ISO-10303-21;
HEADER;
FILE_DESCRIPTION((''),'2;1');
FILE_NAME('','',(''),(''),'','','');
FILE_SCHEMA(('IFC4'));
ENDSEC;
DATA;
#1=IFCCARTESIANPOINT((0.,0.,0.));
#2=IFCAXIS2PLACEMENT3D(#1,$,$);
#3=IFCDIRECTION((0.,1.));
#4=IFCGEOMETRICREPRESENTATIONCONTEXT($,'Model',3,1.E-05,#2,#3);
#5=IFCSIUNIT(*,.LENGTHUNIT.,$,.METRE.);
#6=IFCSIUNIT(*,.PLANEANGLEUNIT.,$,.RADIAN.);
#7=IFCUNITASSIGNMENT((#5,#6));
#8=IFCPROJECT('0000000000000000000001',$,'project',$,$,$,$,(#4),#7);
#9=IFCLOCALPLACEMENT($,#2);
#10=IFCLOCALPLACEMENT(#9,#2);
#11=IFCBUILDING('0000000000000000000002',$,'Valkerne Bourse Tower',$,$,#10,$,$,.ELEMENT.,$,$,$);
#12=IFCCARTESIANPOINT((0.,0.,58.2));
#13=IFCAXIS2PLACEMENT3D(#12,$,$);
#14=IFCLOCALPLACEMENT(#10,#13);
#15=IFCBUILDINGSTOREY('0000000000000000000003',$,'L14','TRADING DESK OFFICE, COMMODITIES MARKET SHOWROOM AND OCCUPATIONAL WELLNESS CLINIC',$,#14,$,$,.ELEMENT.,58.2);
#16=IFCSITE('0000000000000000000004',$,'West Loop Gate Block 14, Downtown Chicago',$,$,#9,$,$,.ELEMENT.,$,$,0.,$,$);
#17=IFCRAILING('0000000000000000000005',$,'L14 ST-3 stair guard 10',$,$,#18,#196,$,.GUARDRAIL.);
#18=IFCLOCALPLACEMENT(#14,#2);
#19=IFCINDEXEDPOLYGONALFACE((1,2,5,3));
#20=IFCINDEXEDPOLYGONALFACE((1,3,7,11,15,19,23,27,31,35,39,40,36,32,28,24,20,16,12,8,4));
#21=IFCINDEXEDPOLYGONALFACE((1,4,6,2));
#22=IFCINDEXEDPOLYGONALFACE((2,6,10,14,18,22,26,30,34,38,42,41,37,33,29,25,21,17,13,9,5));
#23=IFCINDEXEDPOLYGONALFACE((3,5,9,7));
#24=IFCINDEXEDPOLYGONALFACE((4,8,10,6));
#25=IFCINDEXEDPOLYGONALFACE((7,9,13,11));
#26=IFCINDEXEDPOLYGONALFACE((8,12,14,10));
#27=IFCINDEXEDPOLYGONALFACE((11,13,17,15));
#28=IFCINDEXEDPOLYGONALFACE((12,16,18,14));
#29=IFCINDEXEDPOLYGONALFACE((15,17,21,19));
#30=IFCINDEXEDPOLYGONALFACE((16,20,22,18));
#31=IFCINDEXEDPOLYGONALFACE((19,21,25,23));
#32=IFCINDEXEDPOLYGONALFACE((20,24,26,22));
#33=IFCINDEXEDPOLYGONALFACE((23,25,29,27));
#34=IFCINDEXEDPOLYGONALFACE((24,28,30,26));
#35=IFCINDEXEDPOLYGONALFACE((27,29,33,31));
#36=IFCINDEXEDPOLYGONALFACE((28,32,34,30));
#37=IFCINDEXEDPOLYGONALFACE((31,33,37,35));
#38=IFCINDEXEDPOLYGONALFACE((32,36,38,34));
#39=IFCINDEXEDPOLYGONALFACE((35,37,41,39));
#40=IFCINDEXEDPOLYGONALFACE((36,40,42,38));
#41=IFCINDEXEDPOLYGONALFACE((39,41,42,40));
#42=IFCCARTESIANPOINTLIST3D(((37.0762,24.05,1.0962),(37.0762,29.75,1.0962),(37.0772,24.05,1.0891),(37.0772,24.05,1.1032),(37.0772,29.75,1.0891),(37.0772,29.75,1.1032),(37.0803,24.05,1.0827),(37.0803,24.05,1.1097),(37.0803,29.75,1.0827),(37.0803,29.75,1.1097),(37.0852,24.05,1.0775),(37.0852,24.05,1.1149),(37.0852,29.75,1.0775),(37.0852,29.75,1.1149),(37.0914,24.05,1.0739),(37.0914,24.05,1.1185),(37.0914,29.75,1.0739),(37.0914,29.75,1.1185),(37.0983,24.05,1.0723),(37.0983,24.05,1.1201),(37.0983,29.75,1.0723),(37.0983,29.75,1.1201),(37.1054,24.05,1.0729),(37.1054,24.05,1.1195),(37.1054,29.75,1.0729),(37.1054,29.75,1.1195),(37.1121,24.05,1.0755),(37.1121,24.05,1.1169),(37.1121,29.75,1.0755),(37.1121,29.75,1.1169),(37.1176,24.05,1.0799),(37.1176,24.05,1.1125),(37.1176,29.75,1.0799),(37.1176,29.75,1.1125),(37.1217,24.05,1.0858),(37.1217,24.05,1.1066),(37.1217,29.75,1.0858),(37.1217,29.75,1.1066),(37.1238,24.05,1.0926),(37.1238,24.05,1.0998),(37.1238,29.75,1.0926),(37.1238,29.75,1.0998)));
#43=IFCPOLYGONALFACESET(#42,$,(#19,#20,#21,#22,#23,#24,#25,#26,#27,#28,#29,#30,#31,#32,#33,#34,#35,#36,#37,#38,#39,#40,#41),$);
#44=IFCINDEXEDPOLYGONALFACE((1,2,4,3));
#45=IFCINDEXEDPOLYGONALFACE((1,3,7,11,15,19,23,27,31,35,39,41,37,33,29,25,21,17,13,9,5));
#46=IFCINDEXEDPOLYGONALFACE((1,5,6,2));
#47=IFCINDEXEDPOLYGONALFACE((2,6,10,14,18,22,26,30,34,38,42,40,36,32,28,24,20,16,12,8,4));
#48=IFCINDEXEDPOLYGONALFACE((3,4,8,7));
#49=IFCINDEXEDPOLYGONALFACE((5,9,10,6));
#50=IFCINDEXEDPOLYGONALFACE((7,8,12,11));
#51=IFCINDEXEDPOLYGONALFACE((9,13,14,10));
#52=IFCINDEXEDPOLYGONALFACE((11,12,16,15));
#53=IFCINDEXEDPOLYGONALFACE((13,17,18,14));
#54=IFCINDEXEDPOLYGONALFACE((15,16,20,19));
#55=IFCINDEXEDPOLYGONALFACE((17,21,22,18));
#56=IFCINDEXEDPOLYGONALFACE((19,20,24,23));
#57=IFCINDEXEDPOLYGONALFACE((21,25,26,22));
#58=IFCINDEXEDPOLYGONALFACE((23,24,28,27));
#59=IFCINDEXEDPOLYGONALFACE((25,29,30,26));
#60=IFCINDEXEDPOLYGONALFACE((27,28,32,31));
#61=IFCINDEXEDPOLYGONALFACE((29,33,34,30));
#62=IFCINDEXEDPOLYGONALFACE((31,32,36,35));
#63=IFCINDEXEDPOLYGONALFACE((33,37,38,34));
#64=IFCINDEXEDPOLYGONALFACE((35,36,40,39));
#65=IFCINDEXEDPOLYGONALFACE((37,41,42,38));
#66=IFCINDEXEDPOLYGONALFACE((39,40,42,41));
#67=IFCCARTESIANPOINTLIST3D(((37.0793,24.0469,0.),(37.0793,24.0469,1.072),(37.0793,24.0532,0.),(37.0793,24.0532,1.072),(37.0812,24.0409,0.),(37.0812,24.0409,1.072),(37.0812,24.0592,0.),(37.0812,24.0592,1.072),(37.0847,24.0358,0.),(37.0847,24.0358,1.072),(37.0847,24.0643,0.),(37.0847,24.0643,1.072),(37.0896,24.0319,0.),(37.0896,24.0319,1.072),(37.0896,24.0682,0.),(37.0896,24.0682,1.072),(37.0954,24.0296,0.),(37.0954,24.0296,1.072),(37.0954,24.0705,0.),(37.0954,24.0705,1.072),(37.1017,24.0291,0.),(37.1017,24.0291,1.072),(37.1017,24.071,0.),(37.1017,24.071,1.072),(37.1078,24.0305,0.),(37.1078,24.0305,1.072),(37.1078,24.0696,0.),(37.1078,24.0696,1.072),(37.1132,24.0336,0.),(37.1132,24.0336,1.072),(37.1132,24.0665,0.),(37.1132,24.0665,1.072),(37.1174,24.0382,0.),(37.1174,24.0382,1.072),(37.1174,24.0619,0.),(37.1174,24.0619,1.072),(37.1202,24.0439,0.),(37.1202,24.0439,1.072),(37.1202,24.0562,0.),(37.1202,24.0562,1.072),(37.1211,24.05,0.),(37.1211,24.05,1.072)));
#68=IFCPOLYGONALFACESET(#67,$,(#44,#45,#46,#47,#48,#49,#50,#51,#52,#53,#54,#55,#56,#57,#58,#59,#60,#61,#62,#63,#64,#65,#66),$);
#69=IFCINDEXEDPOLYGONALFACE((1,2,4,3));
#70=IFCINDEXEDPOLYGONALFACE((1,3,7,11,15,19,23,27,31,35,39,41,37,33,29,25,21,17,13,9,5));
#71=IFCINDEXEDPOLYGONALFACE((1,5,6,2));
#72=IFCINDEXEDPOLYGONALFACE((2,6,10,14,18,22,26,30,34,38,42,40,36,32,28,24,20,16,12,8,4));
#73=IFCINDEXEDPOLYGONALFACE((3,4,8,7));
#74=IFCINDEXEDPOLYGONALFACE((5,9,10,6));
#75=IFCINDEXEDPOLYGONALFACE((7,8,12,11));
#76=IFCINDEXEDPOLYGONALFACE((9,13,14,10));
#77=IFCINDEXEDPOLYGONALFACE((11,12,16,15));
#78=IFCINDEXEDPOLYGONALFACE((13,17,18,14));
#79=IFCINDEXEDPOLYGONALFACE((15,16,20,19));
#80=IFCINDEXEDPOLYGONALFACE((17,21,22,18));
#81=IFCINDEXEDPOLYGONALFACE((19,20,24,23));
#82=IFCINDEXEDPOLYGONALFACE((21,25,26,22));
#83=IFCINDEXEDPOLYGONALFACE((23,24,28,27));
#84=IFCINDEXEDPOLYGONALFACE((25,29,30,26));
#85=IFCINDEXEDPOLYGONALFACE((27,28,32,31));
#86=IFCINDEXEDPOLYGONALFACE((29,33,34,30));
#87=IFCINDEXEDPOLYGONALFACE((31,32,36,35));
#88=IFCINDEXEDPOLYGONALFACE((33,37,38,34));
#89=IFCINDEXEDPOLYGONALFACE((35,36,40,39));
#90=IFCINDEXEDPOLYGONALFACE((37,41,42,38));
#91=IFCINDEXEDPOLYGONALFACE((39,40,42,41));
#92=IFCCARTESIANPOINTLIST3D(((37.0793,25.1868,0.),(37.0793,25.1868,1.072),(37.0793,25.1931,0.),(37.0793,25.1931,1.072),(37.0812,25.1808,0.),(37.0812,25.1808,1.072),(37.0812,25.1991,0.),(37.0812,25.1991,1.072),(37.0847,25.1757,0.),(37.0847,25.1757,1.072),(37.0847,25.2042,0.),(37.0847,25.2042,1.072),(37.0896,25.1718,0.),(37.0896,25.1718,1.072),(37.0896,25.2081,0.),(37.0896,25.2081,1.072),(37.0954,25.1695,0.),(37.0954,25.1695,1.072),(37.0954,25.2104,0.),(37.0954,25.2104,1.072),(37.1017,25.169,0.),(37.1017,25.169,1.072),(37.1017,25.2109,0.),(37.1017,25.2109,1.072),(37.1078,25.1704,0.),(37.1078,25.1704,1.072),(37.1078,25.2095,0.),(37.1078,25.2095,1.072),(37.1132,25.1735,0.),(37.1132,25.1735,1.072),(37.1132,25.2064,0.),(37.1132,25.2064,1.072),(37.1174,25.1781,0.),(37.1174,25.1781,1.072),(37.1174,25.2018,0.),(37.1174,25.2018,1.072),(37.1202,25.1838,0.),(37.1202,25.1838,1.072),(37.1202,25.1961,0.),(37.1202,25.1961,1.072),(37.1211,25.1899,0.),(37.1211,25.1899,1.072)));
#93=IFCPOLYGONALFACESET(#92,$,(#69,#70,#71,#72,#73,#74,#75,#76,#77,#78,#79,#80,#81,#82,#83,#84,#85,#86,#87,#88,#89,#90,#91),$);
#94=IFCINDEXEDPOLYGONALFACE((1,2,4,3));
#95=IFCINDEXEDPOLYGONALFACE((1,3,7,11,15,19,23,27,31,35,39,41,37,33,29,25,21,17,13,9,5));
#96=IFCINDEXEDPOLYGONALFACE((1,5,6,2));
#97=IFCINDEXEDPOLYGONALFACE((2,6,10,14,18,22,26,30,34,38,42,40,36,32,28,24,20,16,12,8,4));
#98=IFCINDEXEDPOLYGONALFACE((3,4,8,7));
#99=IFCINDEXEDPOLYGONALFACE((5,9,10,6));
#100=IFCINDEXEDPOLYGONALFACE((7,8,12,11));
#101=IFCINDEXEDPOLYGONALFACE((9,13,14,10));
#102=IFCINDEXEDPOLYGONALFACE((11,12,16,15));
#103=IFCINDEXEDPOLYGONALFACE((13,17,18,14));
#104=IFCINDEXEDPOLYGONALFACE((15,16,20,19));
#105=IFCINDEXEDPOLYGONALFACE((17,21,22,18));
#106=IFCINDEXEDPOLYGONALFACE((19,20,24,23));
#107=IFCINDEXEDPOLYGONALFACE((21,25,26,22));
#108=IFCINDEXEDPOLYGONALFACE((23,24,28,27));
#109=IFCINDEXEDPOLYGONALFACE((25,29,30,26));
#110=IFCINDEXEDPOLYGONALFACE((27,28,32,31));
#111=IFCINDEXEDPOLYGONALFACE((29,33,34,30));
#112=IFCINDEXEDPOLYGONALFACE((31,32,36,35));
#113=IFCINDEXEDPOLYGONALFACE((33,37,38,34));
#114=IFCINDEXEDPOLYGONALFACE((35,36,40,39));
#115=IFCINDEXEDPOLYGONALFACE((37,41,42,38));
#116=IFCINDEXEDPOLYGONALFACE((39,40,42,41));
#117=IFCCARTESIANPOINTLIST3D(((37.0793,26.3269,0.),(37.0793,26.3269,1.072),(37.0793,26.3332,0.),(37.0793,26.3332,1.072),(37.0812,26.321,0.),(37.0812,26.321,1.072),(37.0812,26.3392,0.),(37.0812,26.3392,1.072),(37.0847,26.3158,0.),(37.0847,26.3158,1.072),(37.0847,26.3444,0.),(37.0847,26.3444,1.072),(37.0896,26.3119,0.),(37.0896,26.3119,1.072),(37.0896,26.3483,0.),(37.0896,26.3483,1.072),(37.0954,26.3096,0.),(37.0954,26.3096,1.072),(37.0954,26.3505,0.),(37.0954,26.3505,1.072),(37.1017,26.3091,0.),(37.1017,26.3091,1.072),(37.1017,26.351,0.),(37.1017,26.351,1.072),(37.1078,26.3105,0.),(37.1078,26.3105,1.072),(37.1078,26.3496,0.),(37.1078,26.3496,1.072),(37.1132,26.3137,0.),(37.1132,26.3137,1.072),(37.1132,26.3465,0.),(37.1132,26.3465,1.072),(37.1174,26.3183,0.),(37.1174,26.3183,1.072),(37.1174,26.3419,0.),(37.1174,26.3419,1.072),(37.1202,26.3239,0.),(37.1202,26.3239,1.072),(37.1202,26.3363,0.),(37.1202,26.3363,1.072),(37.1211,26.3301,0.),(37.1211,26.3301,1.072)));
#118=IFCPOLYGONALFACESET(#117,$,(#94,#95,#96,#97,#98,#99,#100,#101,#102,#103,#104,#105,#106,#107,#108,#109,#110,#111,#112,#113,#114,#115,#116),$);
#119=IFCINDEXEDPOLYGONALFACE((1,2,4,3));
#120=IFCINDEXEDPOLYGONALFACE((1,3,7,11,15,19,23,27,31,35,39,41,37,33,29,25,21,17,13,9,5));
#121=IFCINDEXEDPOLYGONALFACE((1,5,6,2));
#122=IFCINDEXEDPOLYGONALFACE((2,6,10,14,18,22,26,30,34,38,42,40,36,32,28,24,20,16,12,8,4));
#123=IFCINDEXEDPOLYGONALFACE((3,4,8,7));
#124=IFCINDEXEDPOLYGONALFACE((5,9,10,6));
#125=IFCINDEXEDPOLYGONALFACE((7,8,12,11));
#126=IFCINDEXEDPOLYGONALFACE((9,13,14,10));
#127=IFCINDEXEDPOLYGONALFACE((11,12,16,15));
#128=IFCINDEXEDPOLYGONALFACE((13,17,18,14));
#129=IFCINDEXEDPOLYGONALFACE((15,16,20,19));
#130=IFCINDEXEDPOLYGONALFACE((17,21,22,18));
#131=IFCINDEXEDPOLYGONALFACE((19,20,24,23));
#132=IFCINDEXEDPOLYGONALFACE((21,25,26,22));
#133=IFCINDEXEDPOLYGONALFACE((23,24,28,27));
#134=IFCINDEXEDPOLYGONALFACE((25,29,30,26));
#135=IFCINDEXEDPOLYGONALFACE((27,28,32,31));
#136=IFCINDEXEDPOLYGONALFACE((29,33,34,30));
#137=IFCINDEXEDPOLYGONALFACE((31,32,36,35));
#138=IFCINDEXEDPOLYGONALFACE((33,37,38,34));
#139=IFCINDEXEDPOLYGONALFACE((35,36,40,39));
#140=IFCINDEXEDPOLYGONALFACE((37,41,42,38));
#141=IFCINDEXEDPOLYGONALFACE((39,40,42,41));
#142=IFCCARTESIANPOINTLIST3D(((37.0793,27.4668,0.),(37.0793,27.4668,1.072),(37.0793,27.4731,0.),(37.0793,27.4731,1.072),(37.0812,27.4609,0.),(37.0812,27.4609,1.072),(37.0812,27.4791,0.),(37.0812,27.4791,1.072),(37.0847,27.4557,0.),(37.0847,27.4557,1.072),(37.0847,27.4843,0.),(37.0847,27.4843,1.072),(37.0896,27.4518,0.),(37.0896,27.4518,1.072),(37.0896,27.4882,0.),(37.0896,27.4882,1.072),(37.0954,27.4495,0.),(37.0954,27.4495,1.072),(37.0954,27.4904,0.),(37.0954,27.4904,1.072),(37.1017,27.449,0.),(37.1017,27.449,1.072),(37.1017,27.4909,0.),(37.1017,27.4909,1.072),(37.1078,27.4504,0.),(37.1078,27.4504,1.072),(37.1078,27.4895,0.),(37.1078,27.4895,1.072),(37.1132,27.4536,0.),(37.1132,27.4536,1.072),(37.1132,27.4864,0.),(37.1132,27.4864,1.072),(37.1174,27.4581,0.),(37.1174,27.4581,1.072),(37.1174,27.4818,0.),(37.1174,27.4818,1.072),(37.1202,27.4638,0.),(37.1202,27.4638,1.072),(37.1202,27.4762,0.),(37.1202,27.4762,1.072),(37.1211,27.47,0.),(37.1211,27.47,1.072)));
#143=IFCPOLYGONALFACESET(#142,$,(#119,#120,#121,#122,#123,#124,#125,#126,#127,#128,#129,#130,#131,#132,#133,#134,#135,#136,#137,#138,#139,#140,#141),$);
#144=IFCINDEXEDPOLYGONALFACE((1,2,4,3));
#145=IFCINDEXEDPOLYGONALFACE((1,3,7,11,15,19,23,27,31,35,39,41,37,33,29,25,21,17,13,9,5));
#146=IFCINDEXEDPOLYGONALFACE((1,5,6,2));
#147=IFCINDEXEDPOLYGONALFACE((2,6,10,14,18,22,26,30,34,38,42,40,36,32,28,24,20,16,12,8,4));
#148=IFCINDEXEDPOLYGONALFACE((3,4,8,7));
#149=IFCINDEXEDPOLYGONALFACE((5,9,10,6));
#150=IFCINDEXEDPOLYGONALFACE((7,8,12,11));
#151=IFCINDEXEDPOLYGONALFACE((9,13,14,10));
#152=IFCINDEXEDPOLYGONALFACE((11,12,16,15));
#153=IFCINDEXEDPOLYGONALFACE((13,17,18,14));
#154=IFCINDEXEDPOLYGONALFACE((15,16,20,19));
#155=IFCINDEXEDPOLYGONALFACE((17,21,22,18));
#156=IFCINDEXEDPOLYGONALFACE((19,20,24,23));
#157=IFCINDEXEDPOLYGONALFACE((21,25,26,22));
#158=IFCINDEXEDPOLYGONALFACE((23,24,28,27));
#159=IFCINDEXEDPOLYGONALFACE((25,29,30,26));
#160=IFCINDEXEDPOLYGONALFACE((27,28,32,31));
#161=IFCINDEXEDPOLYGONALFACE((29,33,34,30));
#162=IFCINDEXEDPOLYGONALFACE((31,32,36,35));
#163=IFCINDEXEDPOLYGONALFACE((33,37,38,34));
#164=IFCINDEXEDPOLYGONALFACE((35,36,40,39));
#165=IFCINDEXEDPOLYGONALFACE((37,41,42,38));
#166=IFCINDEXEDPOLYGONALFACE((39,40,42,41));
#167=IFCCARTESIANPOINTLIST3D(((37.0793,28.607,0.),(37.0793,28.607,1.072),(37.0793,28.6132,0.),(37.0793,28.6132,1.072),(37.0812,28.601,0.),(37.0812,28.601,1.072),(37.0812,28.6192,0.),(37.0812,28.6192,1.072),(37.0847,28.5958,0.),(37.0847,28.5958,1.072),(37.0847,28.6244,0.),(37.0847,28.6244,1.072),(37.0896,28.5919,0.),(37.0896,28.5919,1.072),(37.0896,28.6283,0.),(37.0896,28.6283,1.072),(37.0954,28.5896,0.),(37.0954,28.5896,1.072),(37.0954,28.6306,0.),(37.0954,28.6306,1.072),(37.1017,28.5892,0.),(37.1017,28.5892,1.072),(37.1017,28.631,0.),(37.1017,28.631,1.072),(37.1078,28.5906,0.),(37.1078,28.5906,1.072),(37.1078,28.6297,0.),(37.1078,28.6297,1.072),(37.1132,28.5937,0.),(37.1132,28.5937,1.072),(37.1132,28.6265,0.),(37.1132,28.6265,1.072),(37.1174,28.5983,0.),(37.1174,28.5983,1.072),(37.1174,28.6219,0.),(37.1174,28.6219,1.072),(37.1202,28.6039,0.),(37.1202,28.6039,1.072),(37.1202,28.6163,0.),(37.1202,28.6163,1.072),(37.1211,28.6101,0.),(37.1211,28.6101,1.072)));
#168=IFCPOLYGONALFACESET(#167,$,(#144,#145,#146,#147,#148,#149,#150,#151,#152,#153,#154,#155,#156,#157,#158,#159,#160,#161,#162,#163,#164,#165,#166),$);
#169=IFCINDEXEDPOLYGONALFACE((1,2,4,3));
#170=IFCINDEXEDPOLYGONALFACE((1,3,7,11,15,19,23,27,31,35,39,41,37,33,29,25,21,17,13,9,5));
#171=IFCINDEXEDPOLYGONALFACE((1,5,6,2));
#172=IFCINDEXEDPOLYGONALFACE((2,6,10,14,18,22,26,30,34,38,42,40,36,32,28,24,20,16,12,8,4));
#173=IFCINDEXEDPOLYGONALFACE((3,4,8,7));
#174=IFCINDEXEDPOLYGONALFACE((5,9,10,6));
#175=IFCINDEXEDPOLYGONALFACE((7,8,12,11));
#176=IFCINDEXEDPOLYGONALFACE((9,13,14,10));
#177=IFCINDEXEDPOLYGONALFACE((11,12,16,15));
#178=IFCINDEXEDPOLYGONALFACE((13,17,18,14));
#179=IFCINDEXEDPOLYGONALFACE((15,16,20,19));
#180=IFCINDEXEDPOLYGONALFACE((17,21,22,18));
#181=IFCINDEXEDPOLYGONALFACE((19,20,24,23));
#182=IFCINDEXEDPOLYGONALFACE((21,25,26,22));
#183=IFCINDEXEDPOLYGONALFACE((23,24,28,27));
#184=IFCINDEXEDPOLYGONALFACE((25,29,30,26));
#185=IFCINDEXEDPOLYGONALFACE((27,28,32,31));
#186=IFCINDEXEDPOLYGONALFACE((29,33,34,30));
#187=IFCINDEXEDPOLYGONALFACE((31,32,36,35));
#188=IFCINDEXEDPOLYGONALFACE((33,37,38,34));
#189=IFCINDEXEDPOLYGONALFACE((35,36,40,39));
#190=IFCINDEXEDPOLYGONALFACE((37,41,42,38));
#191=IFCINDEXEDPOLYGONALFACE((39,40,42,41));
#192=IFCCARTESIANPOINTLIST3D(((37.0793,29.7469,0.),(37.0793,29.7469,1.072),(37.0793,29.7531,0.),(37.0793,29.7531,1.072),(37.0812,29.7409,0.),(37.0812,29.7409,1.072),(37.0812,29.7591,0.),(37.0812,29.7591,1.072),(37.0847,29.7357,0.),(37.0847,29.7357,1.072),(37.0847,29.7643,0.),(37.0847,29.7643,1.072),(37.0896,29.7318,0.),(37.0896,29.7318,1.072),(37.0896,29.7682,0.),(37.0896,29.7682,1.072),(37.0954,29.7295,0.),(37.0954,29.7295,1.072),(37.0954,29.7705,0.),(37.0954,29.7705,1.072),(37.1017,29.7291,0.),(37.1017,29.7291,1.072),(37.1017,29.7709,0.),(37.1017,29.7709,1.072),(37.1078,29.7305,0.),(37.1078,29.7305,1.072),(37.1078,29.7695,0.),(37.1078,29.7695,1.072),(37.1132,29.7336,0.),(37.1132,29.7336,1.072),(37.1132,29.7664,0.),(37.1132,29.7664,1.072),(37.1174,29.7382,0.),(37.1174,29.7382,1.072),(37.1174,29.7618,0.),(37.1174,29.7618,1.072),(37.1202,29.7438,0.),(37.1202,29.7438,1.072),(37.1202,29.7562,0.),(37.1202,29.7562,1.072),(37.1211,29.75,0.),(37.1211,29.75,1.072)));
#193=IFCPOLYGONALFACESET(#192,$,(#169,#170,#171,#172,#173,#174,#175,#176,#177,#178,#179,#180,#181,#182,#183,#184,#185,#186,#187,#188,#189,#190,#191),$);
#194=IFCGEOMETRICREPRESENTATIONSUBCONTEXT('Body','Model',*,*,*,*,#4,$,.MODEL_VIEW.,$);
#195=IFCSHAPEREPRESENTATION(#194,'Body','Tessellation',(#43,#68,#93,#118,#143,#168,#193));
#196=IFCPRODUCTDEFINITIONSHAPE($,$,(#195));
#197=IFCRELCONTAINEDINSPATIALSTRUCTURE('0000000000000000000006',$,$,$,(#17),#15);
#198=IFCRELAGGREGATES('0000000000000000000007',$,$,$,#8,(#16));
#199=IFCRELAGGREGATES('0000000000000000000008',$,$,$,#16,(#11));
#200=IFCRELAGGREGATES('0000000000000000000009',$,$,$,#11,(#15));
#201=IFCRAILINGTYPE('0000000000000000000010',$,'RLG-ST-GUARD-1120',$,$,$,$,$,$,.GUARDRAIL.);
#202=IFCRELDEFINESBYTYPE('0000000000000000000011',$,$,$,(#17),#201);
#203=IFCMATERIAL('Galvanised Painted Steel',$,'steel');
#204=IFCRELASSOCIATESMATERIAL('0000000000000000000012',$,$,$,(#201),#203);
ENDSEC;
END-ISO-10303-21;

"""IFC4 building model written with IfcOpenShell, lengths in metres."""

from ifc_helpers import new_model, si_unit, direction, frame, origin, origin_2d, place, context, subcontext, project, spatial, circle, extrude, material, type_object, element, save


model = new_model("IFC4")

# Units and contexts
model_context = context("Model", 3, precision=1e-05, world=origin(), true_north=direction((0.0, 1.0)))
body_context = subcontext(model_context, "Body", "Model", "MODEL_VIEW")
ifc_project = project(units=[si_unit("LENGTHUNIT", "METRE"), si_unit("PLANEANGLEUNIT", "RADIAN")], contexts=[model_context])

# Site, building, storey
site_placement = place(None, origin())
site = spatial("IfcSite", under=ifc_project, at=site_placement, Name="West Loop Gate Block 14, Downtown Chicago", CompositionType="ELEMENT", RefElevation=0.0)
building_placement = place(site_placement, origin())
building = spatial("IfcBuilding", under=site, at=building_placement, Name="Valkerne Bourse Tower", CompositionType="ELEMENT")
storey_placement = place(building_placement, frame((0.0, 0.0, 58.2)))
storey = spatial("IfcBuildingStorey", under=building, at=storey_placement, Name="L14", Description="TRADING DESK OFFICE, COMMODITIES MARKET SHOWROOM AND OCCUPATIONAL WELLNESS CLINIC", CompositionType="ELEMENT", Elevation=58.2)

# Shared definitions
ifc_material_1 = material(Name="Galvanised Painted Steel", Category="steel")

# Railing
railing_type = type_object("IfcRailingType", Name="RLG-ST-GUARD-1120", PredefinedType="GUARDRAIL", material=ifc_material_1)
for number, where, name in (
    (1, (37.1001, 24.05, 0.0), "L14 ST-3 stair guard 10"),
):
    element("IfcRailing", number, at=place(storey_placement, frame(where)), inside=storey, type_object=railing_type, Name=name, PredefinedType="GUARDRAIL", context=body_context, shape_type="SweptSolid", body=[
        extrude(circle(Radius=0.0239, at=origin_2d()), frame((0.0, 0.0, 1.0962), z_axis=(0.0, 1.0, 0.0), x_axis=(-1.0, 0.0, 0.0)), (0.0, 0.0, 1.0), 5.7),
        extrude(circle(Radius=0.021, at=origin_2d()), origin(), (0.0, 0.0, 1.0), 1.072),
        extrude(circle(Radius=0.021, at=origin_2d()), frame((0.0, 1.1399, 0.0)), (0.0, 0.0, 1.0), 1.072),
        extrude(circle(Radius=0.021, at=origin_2d()), frame((0.0, 2.28, 0.0)), (0.0, 0.0, 1.0), 1.072),
        extrude(circle(Radius=0.021, at=origin_2d()), frame((0.0, 3.4199, 0.0)), (0.0, 0.0, 1.0), 1.072),
        extrude(circle(Radius=0.021, at=origin_2d()), frame((0.0, 4.5601, 0.0)), (0.0, 0.0, 1.0), 1.072),
        extrude(circle(Radius=0.021, at=origin_2d()), frame((0.0, 5.7, 0.0)), (0.0, 0.0, 1.0), 1.072),
    ])

save(model, "model.ifc")
